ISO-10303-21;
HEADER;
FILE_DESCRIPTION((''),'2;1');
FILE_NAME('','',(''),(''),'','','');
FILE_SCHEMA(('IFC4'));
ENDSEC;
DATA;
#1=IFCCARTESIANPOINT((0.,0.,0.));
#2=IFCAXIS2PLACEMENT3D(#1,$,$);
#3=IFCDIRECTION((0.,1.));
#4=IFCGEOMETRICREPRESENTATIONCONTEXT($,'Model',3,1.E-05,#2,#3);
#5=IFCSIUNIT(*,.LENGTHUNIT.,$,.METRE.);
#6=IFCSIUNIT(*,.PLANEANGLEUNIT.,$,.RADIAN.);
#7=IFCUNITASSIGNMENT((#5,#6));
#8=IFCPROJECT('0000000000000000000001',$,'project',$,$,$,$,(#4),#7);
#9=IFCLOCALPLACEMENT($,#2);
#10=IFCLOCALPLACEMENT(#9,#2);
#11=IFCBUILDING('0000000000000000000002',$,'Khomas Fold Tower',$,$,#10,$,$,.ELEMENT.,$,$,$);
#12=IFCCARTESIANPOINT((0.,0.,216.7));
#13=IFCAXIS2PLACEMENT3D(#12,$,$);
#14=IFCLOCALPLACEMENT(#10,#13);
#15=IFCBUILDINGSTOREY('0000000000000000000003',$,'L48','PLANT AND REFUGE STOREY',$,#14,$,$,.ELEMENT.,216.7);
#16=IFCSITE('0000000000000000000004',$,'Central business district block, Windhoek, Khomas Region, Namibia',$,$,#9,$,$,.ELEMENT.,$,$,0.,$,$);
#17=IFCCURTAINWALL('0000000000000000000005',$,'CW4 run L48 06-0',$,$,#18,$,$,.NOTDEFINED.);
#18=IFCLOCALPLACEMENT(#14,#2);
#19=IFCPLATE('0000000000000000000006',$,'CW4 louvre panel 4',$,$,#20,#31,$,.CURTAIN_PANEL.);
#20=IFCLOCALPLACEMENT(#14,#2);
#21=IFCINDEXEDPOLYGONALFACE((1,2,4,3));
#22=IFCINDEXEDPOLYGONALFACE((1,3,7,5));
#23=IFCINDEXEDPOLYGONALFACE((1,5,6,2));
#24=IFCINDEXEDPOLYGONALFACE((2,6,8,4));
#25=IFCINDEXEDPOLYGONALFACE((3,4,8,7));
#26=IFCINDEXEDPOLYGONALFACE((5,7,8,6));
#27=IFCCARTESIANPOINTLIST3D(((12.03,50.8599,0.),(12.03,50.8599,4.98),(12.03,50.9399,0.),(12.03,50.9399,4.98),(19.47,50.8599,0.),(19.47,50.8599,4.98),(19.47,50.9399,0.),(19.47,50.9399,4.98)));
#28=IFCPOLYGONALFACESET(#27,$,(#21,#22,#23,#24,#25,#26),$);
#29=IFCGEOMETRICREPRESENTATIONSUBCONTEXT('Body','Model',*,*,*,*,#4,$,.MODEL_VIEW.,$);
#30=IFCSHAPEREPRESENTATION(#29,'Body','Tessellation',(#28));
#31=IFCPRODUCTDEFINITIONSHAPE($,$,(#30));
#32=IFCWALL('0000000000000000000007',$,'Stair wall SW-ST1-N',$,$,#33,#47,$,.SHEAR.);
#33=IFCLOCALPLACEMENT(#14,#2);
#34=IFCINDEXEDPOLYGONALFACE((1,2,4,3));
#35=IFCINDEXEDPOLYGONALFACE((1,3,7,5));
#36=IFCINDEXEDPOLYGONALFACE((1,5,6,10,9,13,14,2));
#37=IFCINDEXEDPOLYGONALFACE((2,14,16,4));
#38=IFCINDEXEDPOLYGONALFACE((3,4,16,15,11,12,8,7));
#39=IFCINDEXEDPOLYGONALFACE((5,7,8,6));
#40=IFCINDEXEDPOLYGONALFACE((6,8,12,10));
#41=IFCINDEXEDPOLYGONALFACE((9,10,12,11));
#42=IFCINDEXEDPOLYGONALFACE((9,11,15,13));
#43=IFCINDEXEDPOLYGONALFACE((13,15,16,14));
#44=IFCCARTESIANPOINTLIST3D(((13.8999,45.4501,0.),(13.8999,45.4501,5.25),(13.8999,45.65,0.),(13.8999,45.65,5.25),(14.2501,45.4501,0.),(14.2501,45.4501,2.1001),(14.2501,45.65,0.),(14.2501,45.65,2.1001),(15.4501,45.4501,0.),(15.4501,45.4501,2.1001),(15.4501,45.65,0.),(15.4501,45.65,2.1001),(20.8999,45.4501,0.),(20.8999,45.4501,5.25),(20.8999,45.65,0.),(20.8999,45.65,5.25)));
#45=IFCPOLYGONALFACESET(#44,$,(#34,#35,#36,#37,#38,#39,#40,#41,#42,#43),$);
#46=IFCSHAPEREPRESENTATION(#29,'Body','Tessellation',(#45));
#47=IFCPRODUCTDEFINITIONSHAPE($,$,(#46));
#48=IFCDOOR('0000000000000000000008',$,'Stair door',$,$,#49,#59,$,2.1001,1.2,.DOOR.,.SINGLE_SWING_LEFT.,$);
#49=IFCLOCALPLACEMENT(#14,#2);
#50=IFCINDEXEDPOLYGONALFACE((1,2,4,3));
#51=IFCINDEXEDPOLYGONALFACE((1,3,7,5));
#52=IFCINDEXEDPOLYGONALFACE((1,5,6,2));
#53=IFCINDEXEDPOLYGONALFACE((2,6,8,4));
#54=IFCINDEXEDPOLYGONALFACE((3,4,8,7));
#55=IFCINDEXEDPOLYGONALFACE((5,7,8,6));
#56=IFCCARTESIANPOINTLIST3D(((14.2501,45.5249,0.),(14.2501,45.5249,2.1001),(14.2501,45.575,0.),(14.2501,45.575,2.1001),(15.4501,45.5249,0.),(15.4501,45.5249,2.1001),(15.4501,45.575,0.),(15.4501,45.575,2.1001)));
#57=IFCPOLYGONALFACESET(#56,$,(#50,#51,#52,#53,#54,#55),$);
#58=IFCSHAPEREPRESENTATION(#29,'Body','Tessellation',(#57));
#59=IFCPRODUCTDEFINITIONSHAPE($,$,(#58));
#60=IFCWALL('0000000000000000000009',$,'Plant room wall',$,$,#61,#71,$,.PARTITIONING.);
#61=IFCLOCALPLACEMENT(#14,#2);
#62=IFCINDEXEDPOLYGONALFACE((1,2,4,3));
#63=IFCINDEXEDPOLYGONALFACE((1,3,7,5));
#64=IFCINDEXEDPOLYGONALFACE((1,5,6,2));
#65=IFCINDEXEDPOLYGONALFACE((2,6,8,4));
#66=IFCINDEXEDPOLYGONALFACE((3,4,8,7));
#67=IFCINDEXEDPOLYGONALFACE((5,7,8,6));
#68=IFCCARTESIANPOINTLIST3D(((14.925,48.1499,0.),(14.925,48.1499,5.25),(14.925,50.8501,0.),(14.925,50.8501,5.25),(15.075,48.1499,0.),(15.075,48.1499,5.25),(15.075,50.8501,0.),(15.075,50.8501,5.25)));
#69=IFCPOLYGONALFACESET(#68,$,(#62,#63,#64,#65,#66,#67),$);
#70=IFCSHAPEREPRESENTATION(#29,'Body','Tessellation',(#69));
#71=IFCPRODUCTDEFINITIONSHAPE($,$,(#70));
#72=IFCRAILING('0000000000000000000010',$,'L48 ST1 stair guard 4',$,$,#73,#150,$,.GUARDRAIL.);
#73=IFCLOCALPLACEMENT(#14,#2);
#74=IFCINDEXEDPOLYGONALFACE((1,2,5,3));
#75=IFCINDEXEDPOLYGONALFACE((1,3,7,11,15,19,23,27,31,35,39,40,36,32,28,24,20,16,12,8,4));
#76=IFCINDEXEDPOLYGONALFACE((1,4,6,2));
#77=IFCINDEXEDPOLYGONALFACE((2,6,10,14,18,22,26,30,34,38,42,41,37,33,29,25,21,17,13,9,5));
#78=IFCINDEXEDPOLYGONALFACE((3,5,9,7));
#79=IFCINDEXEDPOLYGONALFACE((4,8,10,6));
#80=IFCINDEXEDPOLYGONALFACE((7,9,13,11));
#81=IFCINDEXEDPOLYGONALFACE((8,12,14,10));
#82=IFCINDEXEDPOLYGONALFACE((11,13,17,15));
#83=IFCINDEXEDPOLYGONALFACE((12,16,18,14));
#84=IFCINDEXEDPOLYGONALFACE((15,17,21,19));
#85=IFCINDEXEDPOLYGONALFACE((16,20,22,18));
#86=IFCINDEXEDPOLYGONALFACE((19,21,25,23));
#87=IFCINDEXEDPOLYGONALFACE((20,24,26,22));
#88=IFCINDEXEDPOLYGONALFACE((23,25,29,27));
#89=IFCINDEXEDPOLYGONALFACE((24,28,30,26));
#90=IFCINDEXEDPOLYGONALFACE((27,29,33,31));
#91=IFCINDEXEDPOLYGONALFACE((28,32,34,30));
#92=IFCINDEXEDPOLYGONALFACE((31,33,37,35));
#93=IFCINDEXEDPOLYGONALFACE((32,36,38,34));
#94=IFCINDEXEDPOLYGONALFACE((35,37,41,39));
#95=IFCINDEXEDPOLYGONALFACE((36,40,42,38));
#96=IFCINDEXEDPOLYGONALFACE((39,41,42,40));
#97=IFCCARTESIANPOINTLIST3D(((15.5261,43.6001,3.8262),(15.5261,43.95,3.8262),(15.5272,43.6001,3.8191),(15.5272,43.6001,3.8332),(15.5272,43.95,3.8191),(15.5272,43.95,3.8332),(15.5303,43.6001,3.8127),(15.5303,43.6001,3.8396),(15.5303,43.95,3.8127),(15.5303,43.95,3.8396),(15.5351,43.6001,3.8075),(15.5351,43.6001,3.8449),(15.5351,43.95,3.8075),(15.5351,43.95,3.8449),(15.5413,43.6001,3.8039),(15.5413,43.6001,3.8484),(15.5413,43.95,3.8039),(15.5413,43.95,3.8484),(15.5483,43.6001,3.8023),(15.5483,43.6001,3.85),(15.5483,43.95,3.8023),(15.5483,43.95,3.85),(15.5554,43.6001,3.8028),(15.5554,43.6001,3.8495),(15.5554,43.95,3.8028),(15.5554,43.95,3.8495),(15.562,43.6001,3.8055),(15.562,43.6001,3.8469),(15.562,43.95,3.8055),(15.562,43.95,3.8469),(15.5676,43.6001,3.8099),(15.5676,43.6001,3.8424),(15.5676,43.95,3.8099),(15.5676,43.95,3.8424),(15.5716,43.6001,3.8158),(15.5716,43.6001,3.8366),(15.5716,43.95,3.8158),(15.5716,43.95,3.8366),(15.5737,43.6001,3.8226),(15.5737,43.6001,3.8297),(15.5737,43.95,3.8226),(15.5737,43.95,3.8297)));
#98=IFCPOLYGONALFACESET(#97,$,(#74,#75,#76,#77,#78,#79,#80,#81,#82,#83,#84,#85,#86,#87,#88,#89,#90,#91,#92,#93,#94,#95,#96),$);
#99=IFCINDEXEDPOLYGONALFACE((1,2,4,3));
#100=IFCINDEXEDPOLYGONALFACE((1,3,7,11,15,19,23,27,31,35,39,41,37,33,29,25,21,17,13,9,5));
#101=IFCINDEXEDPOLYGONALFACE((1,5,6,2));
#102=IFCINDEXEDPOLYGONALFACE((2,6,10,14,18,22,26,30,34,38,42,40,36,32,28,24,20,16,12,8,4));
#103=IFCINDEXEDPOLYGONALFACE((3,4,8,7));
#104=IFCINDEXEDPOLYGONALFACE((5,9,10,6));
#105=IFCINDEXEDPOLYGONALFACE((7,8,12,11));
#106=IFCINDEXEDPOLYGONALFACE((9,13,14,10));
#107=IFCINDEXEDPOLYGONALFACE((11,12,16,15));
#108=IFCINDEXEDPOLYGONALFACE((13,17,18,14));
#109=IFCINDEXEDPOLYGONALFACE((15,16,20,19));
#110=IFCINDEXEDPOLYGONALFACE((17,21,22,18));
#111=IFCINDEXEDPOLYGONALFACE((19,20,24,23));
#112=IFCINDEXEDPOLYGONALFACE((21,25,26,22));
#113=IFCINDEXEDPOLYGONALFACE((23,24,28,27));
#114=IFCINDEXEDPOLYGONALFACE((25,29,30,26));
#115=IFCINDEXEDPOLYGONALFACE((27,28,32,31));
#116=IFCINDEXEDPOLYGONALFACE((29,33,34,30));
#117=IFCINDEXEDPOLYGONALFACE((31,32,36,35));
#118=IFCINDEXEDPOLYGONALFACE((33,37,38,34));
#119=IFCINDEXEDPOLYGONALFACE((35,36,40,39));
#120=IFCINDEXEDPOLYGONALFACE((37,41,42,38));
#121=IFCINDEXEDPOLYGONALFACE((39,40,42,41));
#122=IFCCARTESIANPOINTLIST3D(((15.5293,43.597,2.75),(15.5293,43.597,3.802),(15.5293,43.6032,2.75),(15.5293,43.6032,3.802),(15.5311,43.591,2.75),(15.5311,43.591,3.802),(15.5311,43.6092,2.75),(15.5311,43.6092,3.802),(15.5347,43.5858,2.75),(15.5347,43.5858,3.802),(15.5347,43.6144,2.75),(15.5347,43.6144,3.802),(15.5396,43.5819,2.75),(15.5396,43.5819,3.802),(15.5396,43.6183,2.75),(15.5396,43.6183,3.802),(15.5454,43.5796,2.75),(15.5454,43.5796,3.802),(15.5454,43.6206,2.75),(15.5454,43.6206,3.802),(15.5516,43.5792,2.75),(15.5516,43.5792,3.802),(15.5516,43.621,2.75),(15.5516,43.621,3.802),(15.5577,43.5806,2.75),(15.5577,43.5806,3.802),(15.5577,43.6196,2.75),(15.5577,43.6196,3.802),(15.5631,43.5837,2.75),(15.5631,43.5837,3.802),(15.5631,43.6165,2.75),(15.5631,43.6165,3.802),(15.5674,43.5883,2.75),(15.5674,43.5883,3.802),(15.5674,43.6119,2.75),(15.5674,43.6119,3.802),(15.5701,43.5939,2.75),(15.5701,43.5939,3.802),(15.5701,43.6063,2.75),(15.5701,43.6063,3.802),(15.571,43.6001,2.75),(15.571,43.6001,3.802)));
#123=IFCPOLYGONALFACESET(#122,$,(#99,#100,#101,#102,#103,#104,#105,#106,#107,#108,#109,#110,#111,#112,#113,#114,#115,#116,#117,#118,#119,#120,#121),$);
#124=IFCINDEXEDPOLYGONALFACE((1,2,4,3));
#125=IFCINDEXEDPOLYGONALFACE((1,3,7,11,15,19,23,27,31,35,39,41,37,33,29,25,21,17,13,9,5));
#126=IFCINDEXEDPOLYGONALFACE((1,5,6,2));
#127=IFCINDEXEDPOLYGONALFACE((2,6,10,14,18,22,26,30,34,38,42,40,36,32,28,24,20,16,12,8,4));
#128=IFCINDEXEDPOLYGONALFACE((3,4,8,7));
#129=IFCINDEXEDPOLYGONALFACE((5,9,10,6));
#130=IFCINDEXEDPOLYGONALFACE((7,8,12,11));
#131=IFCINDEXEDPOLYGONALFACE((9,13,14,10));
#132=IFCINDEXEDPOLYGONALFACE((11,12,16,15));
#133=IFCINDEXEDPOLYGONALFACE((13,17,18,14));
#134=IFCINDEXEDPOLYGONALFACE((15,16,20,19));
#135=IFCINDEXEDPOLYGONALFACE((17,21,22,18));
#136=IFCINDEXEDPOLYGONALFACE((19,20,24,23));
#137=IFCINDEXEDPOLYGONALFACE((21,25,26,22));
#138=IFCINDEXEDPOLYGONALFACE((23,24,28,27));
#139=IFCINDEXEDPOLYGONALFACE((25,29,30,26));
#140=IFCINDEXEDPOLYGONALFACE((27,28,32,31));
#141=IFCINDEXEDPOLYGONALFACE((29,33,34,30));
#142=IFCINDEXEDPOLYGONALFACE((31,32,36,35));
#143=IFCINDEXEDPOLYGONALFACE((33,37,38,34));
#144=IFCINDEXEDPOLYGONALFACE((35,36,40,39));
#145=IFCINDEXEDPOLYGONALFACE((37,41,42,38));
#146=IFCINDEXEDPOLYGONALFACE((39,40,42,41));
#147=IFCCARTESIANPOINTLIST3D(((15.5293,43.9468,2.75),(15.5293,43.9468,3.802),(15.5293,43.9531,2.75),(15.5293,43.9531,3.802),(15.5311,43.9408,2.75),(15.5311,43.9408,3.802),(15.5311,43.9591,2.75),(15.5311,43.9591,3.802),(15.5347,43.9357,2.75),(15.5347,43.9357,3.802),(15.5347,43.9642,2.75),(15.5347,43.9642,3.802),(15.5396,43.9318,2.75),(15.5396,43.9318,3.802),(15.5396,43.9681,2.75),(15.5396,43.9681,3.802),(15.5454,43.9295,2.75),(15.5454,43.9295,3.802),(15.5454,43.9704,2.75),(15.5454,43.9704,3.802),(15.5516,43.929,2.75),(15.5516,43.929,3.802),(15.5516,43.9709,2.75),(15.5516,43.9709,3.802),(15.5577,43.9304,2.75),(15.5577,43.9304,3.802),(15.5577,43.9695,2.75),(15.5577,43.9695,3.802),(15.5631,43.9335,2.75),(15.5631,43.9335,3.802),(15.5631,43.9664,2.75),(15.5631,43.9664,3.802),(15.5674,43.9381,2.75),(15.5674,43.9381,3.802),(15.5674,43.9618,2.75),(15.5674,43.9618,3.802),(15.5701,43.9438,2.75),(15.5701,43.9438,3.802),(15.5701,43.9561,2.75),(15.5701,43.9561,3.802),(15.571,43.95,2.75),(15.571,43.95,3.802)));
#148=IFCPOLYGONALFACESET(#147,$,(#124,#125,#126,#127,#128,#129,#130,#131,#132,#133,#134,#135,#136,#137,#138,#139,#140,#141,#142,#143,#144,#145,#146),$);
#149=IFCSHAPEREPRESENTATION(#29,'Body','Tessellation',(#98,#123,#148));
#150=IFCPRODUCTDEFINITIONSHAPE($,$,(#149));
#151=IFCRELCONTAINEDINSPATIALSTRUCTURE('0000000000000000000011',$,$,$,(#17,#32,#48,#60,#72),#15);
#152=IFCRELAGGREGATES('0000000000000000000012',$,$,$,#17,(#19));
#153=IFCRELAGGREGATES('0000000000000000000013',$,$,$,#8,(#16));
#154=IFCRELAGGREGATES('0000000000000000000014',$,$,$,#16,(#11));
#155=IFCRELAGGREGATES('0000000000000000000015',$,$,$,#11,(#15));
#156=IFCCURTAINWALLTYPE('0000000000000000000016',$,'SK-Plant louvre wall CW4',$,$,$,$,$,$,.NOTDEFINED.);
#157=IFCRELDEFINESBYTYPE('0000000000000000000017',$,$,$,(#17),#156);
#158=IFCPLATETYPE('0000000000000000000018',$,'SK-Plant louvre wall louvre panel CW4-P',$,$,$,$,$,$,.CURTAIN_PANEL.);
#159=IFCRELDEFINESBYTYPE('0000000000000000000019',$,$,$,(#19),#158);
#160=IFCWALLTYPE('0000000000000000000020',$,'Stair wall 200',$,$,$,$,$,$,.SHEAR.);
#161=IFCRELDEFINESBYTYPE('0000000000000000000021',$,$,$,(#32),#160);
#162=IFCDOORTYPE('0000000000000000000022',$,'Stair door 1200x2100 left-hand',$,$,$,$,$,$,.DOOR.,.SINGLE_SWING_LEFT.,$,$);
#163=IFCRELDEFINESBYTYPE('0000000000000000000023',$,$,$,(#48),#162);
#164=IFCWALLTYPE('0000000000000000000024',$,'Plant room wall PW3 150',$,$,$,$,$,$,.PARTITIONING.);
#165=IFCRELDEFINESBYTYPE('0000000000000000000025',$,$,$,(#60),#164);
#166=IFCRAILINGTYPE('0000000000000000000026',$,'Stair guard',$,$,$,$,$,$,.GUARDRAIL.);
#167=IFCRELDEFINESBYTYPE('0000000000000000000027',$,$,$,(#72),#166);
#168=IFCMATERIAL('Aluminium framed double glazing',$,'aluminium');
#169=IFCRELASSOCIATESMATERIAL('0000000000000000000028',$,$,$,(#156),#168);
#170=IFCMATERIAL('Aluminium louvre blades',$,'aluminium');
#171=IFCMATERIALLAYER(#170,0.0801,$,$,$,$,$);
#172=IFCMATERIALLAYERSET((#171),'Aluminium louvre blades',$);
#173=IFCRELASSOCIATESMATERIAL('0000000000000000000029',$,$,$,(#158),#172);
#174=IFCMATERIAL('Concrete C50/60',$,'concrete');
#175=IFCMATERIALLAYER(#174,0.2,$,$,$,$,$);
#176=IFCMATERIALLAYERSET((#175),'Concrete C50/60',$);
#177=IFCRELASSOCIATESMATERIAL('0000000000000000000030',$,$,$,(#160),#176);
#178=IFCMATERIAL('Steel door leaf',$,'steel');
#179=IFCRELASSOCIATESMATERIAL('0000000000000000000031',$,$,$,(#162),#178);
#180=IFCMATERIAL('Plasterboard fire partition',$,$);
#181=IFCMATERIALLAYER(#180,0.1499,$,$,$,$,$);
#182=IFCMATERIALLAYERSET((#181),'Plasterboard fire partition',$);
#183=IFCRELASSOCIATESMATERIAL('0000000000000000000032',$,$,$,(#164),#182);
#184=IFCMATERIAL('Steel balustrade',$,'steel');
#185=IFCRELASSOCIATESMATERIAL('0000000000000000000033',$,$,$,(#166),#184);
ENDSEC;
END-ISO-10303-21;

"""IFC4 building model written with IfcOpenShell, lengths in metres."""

from ifc_helpers import new_model, si_unit, direction, frame, frame_2d, origin, origin_2d, place, context, subcontext, project, spatial, rectangle, circle, extrude, source, transform, mapped, material, layer, layer_set, type_object, element, fill, aggregate, save


model = new_model("IFC4")

# Units and contexts
model_context = context("Model", 3, precision=1e-05, world=origin(), true_north=direction((0.0, 1.0)))
body_context = subcontext(model_context, "Body", "Model", "MODEL_VIEW")
ifc_project = project(units=[si_unit("LENGTHUNIT", "METRE"), si_unit("PLANEANGLEUNIT", "RADIAN")], contexts=[model_context])

# Site, building, storey
site_placement = place(None, origin())
site = spatial("IfcSite", under=ifc_project, at=site_placement, Name="Central business district block, Windhoek, Khomas Region, Namibia", CompositionType="ELEMENT", RefElevation=0.0)
building_placement = place(site_placement, origin())
building = spatial("IfcBuilding", under=site, at=building_placement, Name="Khomas Fold Tower", CompositionType="ELEMENT")
storey_placement = place(building_placement, frame((0.0, 0.0, 216.7)))
storey = spatial("IfcBuildingStorey", under=building, at=storey_placement, Name="L48", Description="PLANT AND REFUGE STOREY", CompositionType="ELEMENT", Elevation=216.7)

# Curtain wall, plate
ifc_material_1 = material(Name="Aluminium framed double glazing", Category="aluminium")
curtain_wall_type = type_object("IfcCurtainWallType", Name="SK-Plant louvre wall CW4", PredefinedType="NOTDEFINED", material=ifc_material_1)
curtain_wall_placement = place(storey_placement, origin())
curtain_wall = element("IfcCurtainWall", 1, at=curtain_wall_placement, inside=storey, type_object=curtain_wall_type, Name="CW4 run L48 06-0", PredefinedType="NOTDEFINED")
ifc_material_2 = material(Name="Aluminium louvre blades", Category="aluminium")
ifc_layer_1 = layer(ifc_material_2, 0.0801)
ifc_layer_set_1 = layer_set([ifc_layer_1], Name="Aluminium louvre blades")
plate_type = type_object("IfcPlateType", Name="SK-Plant louvre wall louvre panel CW4-P", PredefinedType="CURTAIN_PANEL", material=ifc_layer_set_1)
shared_shape_1 = source(origin(), body_context, "Body", "SweptSolid", [
    extrude(rectangle(XDim=7.4399, YDim=0.0801, at=origin_2d()), origin(), (0.0, 0.0, 1.0), 4.98),
])
plate_placement = place(storey_placement, frame((15.75, 50.8999, 0.0), z_axis=(0.0, 0.0, 1.0), x_axis=(-1.0, 0.0, 0.0)))
plate = element("IfcPlate", 2, at=plate_placement, type_object=plate_type, Name="CW4 louvre panel 4", PredefinedType="CURTAIN_PANEL", context=body_context, shape_type="MappedRepresentation", body=[
    mapped(shared_shape_1, transform((0.0, 0.0, 0.0))),
])
aggregate(curtain_wall, [plate])

# Wall, opening, door
ifc_material_3 = material(Name="Concrete C50/60", Category="concrete")
ifc_layer_2 = layer(ifc_material_3, 0.2)
ifc_layer_set_2 = layer_set([ifc_layer_2], Name="Concrete C50/60")
wall_type_1 = type_object("IfcWallType", Name="Stair wall 200", PredefinedType="SHEAR", material=ifc_layer_set_2)
shared_shape_2 = source(origin(), body_context, "Body", "SweptSolid", [
    extrude(rectangle(XDim=7.0, YDim=0.2, at=frame_2d((3.5, 0.0))), origin(), (0.0, 0.0, 1.0), 5.25),
])
wall_1_placement = place(storey_placement, frame((13.8999, 45.55, 0.0), z_axis=(0.0, 0.0, 1.0), x_axis=(1.0, 0.0, 0.0)))
wall_1 = element("IfcWall", 3, at=wall_1_placement, inside=storey, type_object=wall_type_1, Name="Stair wall SW-ST1-N", PredefinedType="SHEAR", context=body_context, shape_type="MappedRepresentation", body=[
    mapped(shared_shape_2, transform((0.0, 0.0, 0.0))),
])
shared_shape_3 = source(origin(), body_context, "Body", "SweptSolid", [
    extrude(rectangle(XDim=1.2, YDim=2.1001, at=frame_2d((0.6001, 1.05))), frame((0.0, 0.1099, 0.0), z_axis=(0.0, -1.0, 0.0), x_axis=(1.0, 0.0, 0.0)), (0.0, 0.0, 1.0), 0.22),
])
opening_placement = place(wall_1_placement, frame((0.3501, 0.0, 0.0)))
opening = element("IfcOpeningElement", 4, at=opening_placement, cuts=wall_1, PredefinedType="OPENING", context=body_context, shape_type="MappedRepresentation", body=[
    mapped(shared_shape_3, transform((0.0, 0.0, 0.0))),
])
ifc_material_4 = material(Name="Steel door leaf", Category="steel")
door_type = type_object("IfcDoorType", Name="Stair door 1200x2100 left-hand", OperationType="SINGLE_SWING_LEFT", PredefinedType="DOOR", material=ifc_material_4)
shared_shape_4 = source(origin(), body_context, "Body", "SweptSolid", [
    extrude(rectangle(XDim=1.2, YDim=2.1001, at=frame_2d((0.6001, 1.05))), frame((0.0, 0.0249, 0.0), z_axis=(0.0, -1.0, 0.0), x_axis=(1.0, 0.0, 0.0)), (0.0, 0.0, 1.0), 0.05),
])
door_placement = place(opening_placement, origin())
door = element("IfcDoor", 5, at=door_placement, inside=storey, type_object=door_type, Name="Stair door", OperationType="SINGLE_SWING_LEFT", OverallHeight=2.1001, OverallWidth=1.2, PredefinedType="DOOR", context=body_context, shape_type="MappedRepresentation", body=[
    mapped(shared_shape_4, transform((0.0, 0.0, 0.0))),
])
fill(opening, door)

# Wall
ifc_material_5 = material(Name="Plasterboard fire partition")
ifc_layer_3 = layer(ifc_material_5, 0.1499)
ifc_layer_set_3 = layer_set([ifc_layer_3], Name="Plasterboard fire partition")
wall_type_2 = type_object("IfcWallType", Name="Plant room wall PW3 150", PredefinedType="PARTITIONING", material=ifc_layer_set_3)
shared_shape_5 = source(origin(), body_context, "Body", "SweptSolid", [
    extrude(rectangle(XDim=2.7002, YDim=0.1499, at=frame_2d((1.3501, 0.0))), origin(), (0.0, 0.0, 1.0), 5.25),
])
wall_2_placement = place(storey_placement, frame((15.0, 48.1499, 0.0), z_axis=(0.0, 0.0, 1.0), x_axis=(0.0, 1.0, 0.0)))
element("IfcWall", 6, at=wall_2_placement, inside=storey, type_object=wall_type_2, Name="Plant room wall", PredefinedType="PARTITIONING", context=body_context, shape_type="MappedRepresentation", body=[
    mapped(shared_shape_5, transform((0.0, 0.0, 0.0))),
])

# Railing
ifc_material_6 = material(Name="Steel balustrade", Category="steel")
railing_type = type_object("IfcRailingType", Name="Stair guard", PredefinedType="GUARDRAIL", material=ifc_material_6)
shared_shape_6 = source(origin(), body_context, "Body", "SweptSolid", [
    extrude(circle(Radius=0.0239, at=origin_2d()), frame((0.0, 0.0, 1.0762), z_axis=(0.0, 1.0, 0.0), x_axis=(-1.0, 0.0, 0.0)), (0.0, 0.0, 1.0), 0.3499),
    extrude(circle(Radius=0.021, at=origin_2d()), origin(), (0.0, 0.0, 1.0), 1.052),
    extrude(circle(Radius=0.021, at=origin_2d()), frame((0.0, 0.3499, 0.0)), (0.0, 0.0, 1.0), 1.052),
])
for number, where, name in (
    (7, (15.55, 43.6001, 2.75), "L48 ST1 stair guard 4"),
):
    element("IfcRailing", number, at=place(storey_placement, frame(where)), inside=storey, type_object=railing_type, Name=name, PredefinedType="GUARDRAIL", context=body_context, shape_type="MappedRepresentation", body=[
        mapped(shared_shape_6, transform((0.0, 0.0, 0.0))),
    ])

save(model, "model.ifc")
